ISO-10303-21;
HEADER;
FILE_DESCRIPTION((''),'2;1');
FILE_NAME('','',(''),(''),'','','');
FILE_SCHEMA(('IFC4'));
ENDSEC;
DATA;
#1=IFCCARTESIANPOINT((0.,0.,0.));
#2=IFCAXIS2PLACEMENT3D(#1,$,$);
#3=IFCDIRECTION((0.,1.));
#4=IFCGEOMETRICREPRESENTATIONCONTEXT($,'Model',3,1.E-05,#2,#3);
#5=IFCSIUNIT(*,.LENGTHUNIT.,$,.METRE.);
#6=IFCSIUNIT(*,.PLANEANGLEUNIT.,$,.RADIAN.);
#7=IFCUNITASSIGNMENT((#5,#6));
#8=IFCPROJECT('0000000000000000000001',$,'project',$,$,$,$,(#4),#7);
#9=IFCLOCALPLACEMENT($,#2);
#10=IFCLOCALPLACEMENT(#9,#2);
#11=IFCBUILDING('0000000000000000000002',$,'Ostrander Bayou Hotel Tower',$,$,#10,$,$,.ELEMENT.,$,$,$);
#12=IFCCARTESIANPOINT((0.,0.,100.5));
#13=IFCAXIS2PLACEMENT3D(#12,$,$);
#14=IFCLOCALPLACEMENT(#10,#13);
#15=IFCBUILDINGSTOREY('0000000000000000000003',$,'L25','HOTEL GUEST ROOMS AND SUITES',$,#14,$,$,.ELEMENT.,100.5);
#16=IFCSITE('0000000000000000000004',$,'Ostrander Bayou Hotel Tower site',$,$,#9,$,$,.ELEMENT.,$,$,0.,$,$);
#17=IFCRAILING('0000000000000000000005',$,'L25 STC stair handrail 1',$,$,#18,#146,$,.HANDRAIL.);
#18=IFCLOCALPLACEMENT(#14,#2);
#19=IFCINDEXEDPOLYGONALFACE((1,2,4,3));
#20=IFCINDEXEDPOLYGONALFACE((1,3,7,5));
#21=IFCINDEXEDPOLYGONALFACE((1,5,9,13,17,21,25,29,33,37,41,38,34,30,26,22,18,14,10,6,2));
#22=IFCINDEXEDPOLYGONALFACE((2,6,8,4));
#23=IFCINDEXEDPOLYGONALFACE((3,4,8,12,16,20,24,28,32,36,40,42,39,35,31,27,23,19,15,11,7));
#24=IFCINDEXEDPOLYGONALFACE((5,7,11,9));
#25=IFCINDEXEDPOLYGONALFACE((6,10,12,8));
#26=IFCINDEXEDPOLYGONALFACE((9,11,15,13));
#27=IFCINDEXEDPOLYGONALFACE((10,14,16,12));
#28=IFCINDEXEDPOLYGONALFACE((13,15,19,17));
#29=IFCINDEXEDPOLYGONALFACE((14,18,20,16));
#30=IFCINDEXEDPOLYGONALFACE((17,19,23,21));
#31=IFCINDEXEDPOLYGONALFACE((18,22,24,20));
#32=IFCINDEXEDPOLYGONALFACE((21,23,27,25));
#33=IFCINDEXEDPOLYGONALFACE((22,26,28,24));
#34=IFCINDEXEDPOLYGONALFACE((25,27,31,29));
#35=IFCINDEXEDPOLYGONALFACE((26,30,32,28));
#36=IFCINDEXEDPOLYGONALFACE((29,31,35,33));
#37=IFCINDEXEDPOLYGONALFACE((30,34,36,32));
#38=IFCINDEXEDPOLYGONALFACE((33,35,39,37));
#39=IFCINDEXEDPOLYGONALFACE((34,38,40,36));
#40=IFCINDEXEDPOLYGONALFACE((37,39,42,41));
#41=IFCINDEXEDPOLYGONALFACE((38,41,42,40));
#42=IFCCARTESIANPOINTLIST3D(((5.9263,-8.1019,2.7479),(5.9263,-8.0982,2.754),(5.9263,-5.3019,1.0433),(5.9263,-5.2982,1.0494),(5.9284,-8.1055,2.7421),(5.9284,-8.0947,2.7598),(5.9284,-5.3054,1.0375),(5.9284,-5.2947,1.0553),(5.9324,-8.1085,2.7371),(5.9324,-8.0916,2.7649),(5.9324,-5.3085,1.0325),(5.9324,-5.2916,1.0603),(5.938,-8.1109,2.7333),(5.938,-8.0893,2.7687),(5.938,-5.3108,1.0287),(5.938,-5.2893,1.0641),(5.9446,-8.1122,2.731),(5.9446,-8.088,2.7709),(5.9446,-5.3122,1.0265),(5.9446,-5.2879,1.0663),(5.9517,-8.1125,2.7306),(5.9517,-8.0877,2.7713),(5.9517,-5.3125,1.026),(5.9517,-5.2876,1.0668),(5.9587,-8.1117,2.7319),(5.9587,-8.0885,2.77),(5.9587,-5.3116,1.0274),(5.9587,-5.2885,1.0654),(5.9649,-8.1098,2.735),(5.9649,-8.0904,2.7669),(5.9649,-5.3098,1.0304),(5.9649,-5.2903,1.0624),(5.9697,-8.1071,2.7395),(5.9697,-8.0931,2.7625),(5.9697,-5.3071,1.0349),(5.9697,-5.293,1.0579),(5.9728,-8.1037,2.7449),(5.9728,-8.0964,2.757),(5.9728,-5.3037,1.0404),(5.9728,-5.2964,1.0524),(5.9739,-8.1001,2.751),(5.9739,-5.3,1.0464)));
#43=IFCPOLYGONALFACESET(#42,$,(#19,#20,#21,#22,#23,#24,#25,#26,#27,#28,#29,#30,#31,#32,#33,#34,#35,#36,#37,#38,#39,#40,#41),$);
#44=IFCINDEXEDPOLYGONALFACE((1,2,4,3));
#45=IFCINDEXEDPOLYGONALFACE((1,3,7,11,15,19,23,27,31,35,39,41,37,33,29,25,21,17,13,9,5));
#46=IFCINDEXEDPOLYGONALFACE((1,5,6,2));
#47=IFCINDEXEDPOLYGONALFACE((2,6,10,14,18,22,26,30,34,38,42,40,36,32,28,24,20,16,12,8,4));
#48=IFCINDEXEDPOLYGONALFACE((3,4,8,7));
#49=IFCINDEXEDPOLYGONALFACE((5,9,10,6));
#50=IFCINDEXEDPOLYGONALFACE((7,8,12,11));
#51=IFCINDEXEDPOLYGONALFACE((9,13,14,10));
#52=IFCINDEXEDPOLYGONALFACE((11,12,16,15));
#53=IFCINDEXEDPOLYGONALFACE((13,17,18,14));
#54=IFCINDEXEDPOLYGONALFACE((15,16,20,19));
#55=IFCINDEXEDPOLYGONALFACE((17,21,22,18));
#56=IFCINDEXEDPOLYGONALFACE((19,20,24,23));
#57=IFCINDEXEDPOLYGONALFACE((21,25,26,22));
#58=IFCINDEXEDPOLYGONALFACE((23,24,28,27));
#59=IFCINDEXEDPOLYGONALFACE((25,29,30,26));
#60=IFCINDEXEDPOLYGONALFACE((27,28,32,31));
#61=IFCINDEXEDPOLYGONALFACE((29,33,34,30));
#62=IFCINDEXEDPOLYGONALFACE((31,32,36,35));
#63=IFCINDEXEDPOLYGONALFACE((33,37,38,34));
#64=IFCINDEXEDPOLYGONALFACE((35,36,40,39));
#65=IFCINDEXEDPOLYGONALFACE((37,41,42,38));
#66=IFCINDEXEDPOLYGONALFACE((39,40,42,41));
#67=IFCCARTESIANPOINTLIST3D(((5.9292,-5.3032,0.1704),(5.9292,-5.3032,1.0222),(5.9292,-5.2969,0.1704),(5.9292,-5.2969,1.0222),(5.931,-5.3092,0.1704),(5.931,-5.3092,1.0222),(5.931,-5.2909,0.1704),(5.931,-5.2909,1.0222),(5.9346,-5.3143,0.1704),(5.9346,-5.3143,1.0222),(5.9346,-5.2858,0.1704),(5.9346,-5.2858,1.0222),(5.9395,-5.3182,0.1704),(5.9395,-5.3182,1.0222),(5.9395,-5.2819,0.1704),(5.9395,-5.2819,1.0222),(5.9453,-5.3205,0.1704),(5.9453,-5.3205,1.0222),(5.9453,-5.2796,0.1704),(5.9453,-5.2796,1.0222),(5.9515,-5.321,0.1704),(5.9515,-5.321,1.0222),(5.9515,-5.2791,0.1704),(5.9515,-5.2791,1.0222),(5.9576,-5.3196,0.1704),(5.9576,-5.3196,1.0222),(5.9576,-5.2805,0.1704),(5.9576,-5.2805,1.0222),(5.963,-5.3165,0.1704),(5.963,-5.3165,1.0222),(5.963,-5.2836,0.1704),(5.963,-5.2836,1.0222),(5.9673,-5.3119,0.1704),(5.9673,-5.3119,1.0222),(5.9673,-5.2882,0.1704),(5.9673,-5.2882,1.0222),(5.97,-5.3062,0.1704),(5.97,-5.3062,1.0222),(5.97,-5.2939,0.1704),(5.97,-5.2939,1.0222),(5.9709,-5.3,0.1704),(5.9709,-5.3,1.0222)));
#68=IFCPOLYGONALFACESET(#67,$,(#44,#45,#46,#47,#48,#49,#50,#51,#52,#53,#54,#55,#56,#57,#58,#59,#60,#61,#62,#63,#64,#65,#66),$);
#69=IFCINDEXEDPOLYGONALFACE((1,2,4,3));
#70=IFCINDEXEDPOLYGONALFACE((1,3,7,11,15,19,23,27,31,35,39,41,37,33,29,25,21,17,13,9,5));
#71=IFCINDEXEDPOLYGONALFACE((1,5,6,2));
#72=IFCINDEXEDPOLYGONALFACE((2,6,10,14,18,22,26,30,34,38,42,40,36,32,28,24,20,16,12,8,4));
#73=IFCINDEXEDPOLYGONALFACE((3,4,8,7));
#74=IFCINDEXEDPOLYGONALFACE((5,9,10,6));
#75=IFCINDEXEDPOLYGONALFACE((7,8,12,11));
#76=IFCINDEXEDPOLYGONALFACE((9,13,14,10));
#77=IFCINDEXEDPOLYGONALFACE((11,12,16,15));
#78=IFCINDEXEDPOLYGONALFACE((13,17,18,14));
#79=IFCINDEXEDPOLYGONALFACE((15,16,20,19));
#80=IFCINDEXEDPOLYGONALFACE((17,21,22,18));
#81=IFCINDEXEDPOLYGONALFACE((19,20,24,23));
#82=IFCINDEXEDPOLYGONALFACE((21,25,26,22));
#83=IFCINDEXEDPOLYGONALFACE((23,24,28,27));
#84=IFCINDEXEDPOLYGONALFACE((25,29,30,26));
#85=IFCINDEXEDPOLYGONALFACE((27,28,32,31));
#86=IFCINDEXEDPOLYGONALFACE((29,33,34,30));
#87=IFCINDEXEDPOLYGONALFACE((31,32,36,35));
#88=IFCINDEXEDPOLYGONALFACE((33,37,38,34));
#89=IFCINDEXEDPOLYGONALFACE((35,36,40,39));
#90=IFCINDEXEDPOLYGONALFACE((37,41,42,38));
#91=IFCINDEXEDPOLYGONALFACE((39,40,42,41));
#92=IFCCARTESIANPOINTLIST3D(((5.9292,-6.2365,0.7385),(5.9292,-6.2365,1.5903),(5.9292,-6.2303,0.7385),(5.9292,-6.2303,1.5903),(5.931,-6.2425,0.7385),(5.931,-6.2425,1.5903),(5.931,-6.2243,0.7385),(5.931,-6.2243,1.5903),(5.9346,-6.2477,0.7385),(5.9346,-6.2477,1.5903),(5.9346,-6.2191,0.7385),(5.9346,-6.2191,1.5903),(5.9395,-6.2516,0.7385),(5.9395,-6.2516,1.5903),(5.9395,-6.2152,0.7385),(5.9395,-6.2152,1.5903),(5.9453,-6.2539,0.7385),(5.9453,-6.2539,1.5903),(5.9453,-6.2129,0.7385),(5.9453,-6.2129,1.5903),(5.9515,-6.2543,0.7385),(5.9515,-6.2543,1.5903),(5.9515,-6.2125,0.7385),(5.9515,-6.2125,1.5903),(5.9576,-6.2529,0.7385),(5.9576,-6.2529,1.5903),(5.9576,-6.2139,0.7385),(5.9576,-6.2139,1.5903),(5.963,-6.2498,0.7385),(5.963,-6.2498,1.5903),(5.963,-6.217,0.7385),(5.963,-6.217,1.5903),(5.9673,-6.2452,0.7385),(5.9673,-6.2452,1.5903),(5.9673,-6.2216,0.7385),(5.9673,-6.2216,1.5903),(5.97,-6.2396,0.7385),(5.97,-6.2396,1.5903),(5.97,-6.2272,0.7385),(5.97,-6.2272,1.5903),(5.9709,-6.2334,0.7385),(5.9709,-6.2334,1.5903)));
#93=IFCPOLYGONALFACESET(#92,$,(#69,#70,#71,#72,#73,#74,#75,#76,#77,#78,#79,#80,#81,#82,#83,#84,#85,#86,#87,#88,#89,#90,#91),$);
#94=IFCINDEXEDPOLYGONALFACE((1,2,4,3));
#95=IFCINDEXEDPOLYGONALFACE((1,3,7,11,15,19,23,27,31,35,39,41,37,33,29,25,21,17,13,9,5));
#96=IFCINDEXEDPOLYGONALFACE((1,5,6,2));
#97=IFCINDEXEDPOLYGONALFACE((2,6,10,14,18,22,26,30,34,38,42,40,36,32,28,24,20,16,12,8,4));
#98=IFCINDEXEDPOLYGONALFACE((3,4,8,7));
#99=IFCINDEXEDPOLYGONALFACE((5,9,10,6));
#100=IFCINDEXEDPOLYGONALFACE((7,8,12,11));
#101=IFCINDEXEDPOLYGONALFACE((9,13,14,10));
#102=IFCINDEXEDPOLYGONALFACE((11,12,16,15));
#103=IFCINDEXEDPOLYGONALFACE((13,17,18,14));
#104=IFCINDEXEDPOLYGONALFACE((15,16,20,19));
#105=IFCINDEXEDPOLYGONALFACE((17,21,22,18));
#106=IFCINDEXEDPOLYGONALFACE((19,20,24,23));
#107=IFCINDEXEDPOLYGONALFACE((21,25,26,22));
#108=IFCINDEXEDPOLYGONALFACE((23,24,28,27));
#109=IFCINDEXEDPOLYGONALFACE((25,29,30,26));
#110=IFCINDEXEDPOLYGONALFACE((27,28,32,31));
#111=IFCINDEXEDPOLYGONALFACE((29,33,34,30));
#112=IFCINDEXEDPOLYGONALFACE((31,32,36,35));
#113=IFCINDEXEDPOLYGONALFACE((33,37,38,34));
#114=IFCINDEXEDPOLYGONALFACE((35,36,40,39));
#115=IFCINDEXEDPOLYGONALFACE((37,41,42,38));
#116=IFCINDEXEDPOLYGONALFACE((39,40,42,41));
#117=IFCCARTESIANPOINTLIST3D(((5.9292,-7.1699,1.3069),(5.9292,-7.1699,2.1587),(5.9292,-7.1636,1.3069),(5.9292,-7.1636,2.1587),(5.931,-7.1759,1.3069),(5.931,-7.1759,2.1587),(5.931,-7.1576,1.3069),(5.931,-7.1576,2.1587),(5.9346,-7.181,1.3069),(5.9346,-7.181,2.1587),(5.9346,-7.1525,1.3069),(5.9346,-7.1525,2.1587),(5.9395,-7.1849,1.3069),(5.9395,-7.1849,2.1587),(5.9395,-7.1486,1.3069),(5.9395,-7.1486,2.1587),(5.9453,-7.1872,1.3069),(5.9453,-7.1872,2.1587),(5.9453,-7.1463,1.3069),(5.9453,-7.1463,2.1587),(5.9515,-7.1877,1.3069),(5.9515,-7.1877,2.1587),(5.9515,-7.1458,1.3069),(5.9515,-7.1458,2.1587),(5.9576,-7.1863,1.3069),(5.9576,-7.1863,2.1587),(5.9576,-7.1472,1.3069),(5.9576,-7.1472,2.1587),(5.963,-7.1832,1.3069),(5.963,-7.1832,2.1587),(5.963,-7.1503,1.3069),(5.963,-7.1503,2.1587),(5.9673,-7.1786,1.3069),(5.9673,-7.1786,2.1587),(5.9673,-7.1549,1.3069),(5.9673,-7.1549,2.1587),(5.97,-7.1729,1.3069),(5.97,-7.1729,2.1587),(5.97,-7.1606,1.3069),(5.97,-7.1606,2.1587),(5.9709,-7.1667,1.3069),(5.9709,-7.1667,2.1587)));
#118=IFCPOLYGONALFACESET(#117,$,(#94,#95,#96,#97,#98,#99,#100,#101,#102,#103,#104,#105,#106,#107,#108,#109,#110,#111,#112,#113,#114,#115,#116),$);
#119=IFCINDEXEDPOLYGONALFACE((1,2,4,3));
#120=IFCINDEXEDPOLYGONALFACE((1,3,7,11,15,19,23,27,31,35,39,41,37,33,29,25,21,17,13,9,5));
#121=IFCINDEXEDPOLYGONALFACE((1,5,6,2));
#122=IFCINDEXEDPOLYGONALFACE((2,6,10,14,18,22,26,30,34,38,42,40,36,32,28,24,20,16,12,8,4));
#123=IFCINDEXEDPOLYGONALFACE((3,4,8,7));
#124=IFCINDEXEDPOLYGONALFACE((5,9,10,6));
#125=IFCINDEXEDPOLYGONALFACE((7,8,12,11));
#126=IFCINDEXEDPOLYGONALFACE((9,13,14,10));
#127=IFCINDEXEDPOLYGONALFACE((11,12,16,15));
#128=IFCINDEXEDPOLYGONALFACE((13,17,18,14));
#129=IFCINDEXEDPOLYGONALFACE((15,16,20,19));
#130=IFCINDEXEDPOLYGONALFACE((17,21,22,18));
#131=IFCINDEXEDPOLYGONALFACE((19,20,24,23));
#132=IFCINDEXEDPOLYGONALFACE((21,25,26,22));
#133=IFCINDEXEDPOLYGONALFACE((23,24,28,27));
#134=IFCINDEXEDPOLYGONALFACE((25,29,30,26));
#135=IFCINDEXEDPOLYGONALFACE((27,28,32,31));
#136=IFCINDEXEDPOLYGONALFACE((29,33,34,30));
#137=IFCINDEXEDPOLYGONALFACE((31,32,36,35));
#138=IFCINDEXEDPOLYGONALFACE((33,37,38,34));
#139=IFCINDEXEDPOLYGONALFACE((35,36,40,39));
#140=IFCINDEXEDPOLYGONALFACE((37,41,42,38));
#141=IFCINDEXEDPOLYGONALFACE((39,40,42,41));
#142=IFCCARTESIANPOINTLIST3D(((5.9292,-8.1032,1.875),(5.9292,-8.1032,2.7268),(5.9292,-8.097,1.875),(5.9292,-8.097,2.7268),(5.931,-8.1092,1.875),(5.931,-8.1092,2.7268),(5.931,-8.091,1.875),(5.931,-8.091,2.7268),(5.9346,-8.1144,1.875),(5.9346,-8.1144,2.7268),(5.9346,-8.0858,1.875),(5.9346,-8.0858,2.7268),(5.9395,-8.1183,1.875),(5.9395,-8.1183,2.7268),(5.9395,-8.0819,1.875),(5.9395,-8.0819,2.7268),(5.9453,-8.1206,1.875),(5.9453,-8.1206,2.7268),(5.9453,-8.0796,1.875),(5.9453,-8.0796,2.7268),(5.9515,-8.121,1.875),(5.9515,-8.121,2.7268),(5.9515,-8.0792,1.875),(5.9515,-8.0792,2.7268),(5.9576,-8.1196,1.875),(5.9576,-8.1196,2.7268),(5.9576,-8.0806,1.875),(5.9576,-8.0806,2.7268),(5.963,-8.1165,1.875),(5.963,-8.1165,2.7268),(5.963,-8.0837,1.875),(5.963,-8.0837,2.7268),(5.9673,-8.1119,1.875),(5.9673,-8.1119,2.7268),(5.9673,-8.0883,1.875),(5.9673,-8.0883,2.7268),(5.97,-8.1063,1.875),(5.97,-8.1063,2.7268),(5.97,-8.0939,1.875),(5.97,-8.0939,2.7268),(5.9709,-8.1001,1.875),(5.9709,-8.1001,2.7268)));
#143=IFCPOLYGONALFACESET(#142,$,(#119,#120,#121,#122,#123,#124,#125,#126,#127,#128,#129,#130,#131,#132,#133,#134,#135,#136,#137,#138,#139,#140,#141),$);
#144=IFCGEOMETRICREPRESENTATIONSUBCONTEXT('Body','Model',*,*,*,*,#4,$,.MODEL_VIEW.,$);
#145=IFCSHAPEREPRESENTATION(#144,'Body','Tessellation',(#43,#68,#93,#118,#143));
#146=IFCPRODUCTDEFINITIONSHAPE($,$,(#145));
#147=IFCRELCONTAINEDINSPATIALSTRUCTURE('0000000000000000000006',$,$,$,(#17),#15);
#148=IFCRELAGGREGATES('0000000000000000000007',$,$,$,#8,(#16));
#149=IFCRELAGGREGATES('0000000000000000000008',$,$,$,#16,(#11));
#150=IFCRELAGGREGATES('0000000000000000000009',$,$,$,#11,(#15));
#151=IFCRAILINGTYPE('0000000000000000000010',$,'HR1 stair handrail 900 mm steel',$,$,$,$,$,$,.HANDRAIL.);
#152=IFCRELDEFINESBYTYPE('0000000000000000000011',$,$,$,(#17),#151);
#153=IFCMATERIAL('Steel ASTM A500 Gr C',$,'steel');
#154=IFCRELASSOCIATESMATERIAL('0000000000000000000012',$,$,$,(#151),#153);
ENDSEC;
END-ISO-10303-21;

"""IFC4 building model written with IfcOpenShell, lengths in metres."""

from ifc_helpers import new_model, si_unit, direction, frame, origin, origin_2d, place, context, subcontext, project, spatial, circle, extrude, material, type_object, element, save


model = new_model("IFC4")

# Units and contexts
model_context = context("Model", 3, precision=1e-05, world=origin(), true_north=direction((0.0, 1.0)))
body_context = subcontext(model_context, "Body", "Model", "MODEL_VIEW")
ifc_project = project(units=[si_unit("LENGTHUNIT", "METRE"), si_unit("PLANEANGLEUNIT", "RADIAN")], contexts=[model_context])

# Site, building, storey
site_placement = place(None, origin())
site = spatial("IfcSite", under=ifc_project, at=site_placement, Name="Ostrander Bayou Hotel Tower site", CompositionType="ELEMENT", RefElevation=0.0)
building_placement = place(site_placement, origin())
building = spatial("IfcBuilding", under=site, at=building_placement, Name="Ostrander Bayou Hotel Tower", CompositionType="ELEMENT")
storey_placement = place(building_placement, frame((0.0, 0.0, 100.5)))
storey = spatial("IfcBuildingStorey", under=building, at=storey_placement, Name="L25", Description="HOTEL GUEST ROOMS AND SUITES", CompositionType="ELEMENT", Elevation=100.5)

# Railing
ifc_material_1 = material(Name="Steel ASTM A500 Gr C", Category="steel")
railing_type_1 = type_object("IfcRailingType", Name="HR1 stair handrail 900 mm steel", PredefinedType="HANDRAIL", material=ifc_material_1)
railing_1_placement = place(storey_placement, frame((5.95, -5.3, 0.1704)))
element("IfcRailing", 1, at=railing_1_placement, inside=storey, type_object=railing_type_1, Name="L25 STC stair handrail 1", PredefinedType="HANDRAIL", context=body_context, shape_type="SweptSolid", body=[
    extrude(circle(Radius=0.0239, at=origin_2d()), frame((0.0, 0.0, 0.876), z_axis=(0.0, -0.85417, 0.519994), x_axis=(1.0, 0.0, 0.0)), (0.0, 0.0, 1.0), 3.2781),
    extrude(circle(Radius=0.021, at=origin_2d()), origin(), (0.0, 0.0, 1.0), 0.8518),
    extrude(circle(Radius=0.021, at=origin_2d()), frame((0.0, -0.9333, 0.5681)), (0.0, 0.0, 1.0), 0.8518),
    extrude(circle(Radius=0.021, at=origin_2d()), frame((0.0, -1.8667, 1.1365)), (0.0, 0.0, 1.0), 0.8518),
    extrude(circle(Radius=0.021, at=origin_2d()), frame((0.0, -2.8, 1.7046)), (0.0, 0.0, 1.0), 0.8518),
])

save(model, "model.ifc")
